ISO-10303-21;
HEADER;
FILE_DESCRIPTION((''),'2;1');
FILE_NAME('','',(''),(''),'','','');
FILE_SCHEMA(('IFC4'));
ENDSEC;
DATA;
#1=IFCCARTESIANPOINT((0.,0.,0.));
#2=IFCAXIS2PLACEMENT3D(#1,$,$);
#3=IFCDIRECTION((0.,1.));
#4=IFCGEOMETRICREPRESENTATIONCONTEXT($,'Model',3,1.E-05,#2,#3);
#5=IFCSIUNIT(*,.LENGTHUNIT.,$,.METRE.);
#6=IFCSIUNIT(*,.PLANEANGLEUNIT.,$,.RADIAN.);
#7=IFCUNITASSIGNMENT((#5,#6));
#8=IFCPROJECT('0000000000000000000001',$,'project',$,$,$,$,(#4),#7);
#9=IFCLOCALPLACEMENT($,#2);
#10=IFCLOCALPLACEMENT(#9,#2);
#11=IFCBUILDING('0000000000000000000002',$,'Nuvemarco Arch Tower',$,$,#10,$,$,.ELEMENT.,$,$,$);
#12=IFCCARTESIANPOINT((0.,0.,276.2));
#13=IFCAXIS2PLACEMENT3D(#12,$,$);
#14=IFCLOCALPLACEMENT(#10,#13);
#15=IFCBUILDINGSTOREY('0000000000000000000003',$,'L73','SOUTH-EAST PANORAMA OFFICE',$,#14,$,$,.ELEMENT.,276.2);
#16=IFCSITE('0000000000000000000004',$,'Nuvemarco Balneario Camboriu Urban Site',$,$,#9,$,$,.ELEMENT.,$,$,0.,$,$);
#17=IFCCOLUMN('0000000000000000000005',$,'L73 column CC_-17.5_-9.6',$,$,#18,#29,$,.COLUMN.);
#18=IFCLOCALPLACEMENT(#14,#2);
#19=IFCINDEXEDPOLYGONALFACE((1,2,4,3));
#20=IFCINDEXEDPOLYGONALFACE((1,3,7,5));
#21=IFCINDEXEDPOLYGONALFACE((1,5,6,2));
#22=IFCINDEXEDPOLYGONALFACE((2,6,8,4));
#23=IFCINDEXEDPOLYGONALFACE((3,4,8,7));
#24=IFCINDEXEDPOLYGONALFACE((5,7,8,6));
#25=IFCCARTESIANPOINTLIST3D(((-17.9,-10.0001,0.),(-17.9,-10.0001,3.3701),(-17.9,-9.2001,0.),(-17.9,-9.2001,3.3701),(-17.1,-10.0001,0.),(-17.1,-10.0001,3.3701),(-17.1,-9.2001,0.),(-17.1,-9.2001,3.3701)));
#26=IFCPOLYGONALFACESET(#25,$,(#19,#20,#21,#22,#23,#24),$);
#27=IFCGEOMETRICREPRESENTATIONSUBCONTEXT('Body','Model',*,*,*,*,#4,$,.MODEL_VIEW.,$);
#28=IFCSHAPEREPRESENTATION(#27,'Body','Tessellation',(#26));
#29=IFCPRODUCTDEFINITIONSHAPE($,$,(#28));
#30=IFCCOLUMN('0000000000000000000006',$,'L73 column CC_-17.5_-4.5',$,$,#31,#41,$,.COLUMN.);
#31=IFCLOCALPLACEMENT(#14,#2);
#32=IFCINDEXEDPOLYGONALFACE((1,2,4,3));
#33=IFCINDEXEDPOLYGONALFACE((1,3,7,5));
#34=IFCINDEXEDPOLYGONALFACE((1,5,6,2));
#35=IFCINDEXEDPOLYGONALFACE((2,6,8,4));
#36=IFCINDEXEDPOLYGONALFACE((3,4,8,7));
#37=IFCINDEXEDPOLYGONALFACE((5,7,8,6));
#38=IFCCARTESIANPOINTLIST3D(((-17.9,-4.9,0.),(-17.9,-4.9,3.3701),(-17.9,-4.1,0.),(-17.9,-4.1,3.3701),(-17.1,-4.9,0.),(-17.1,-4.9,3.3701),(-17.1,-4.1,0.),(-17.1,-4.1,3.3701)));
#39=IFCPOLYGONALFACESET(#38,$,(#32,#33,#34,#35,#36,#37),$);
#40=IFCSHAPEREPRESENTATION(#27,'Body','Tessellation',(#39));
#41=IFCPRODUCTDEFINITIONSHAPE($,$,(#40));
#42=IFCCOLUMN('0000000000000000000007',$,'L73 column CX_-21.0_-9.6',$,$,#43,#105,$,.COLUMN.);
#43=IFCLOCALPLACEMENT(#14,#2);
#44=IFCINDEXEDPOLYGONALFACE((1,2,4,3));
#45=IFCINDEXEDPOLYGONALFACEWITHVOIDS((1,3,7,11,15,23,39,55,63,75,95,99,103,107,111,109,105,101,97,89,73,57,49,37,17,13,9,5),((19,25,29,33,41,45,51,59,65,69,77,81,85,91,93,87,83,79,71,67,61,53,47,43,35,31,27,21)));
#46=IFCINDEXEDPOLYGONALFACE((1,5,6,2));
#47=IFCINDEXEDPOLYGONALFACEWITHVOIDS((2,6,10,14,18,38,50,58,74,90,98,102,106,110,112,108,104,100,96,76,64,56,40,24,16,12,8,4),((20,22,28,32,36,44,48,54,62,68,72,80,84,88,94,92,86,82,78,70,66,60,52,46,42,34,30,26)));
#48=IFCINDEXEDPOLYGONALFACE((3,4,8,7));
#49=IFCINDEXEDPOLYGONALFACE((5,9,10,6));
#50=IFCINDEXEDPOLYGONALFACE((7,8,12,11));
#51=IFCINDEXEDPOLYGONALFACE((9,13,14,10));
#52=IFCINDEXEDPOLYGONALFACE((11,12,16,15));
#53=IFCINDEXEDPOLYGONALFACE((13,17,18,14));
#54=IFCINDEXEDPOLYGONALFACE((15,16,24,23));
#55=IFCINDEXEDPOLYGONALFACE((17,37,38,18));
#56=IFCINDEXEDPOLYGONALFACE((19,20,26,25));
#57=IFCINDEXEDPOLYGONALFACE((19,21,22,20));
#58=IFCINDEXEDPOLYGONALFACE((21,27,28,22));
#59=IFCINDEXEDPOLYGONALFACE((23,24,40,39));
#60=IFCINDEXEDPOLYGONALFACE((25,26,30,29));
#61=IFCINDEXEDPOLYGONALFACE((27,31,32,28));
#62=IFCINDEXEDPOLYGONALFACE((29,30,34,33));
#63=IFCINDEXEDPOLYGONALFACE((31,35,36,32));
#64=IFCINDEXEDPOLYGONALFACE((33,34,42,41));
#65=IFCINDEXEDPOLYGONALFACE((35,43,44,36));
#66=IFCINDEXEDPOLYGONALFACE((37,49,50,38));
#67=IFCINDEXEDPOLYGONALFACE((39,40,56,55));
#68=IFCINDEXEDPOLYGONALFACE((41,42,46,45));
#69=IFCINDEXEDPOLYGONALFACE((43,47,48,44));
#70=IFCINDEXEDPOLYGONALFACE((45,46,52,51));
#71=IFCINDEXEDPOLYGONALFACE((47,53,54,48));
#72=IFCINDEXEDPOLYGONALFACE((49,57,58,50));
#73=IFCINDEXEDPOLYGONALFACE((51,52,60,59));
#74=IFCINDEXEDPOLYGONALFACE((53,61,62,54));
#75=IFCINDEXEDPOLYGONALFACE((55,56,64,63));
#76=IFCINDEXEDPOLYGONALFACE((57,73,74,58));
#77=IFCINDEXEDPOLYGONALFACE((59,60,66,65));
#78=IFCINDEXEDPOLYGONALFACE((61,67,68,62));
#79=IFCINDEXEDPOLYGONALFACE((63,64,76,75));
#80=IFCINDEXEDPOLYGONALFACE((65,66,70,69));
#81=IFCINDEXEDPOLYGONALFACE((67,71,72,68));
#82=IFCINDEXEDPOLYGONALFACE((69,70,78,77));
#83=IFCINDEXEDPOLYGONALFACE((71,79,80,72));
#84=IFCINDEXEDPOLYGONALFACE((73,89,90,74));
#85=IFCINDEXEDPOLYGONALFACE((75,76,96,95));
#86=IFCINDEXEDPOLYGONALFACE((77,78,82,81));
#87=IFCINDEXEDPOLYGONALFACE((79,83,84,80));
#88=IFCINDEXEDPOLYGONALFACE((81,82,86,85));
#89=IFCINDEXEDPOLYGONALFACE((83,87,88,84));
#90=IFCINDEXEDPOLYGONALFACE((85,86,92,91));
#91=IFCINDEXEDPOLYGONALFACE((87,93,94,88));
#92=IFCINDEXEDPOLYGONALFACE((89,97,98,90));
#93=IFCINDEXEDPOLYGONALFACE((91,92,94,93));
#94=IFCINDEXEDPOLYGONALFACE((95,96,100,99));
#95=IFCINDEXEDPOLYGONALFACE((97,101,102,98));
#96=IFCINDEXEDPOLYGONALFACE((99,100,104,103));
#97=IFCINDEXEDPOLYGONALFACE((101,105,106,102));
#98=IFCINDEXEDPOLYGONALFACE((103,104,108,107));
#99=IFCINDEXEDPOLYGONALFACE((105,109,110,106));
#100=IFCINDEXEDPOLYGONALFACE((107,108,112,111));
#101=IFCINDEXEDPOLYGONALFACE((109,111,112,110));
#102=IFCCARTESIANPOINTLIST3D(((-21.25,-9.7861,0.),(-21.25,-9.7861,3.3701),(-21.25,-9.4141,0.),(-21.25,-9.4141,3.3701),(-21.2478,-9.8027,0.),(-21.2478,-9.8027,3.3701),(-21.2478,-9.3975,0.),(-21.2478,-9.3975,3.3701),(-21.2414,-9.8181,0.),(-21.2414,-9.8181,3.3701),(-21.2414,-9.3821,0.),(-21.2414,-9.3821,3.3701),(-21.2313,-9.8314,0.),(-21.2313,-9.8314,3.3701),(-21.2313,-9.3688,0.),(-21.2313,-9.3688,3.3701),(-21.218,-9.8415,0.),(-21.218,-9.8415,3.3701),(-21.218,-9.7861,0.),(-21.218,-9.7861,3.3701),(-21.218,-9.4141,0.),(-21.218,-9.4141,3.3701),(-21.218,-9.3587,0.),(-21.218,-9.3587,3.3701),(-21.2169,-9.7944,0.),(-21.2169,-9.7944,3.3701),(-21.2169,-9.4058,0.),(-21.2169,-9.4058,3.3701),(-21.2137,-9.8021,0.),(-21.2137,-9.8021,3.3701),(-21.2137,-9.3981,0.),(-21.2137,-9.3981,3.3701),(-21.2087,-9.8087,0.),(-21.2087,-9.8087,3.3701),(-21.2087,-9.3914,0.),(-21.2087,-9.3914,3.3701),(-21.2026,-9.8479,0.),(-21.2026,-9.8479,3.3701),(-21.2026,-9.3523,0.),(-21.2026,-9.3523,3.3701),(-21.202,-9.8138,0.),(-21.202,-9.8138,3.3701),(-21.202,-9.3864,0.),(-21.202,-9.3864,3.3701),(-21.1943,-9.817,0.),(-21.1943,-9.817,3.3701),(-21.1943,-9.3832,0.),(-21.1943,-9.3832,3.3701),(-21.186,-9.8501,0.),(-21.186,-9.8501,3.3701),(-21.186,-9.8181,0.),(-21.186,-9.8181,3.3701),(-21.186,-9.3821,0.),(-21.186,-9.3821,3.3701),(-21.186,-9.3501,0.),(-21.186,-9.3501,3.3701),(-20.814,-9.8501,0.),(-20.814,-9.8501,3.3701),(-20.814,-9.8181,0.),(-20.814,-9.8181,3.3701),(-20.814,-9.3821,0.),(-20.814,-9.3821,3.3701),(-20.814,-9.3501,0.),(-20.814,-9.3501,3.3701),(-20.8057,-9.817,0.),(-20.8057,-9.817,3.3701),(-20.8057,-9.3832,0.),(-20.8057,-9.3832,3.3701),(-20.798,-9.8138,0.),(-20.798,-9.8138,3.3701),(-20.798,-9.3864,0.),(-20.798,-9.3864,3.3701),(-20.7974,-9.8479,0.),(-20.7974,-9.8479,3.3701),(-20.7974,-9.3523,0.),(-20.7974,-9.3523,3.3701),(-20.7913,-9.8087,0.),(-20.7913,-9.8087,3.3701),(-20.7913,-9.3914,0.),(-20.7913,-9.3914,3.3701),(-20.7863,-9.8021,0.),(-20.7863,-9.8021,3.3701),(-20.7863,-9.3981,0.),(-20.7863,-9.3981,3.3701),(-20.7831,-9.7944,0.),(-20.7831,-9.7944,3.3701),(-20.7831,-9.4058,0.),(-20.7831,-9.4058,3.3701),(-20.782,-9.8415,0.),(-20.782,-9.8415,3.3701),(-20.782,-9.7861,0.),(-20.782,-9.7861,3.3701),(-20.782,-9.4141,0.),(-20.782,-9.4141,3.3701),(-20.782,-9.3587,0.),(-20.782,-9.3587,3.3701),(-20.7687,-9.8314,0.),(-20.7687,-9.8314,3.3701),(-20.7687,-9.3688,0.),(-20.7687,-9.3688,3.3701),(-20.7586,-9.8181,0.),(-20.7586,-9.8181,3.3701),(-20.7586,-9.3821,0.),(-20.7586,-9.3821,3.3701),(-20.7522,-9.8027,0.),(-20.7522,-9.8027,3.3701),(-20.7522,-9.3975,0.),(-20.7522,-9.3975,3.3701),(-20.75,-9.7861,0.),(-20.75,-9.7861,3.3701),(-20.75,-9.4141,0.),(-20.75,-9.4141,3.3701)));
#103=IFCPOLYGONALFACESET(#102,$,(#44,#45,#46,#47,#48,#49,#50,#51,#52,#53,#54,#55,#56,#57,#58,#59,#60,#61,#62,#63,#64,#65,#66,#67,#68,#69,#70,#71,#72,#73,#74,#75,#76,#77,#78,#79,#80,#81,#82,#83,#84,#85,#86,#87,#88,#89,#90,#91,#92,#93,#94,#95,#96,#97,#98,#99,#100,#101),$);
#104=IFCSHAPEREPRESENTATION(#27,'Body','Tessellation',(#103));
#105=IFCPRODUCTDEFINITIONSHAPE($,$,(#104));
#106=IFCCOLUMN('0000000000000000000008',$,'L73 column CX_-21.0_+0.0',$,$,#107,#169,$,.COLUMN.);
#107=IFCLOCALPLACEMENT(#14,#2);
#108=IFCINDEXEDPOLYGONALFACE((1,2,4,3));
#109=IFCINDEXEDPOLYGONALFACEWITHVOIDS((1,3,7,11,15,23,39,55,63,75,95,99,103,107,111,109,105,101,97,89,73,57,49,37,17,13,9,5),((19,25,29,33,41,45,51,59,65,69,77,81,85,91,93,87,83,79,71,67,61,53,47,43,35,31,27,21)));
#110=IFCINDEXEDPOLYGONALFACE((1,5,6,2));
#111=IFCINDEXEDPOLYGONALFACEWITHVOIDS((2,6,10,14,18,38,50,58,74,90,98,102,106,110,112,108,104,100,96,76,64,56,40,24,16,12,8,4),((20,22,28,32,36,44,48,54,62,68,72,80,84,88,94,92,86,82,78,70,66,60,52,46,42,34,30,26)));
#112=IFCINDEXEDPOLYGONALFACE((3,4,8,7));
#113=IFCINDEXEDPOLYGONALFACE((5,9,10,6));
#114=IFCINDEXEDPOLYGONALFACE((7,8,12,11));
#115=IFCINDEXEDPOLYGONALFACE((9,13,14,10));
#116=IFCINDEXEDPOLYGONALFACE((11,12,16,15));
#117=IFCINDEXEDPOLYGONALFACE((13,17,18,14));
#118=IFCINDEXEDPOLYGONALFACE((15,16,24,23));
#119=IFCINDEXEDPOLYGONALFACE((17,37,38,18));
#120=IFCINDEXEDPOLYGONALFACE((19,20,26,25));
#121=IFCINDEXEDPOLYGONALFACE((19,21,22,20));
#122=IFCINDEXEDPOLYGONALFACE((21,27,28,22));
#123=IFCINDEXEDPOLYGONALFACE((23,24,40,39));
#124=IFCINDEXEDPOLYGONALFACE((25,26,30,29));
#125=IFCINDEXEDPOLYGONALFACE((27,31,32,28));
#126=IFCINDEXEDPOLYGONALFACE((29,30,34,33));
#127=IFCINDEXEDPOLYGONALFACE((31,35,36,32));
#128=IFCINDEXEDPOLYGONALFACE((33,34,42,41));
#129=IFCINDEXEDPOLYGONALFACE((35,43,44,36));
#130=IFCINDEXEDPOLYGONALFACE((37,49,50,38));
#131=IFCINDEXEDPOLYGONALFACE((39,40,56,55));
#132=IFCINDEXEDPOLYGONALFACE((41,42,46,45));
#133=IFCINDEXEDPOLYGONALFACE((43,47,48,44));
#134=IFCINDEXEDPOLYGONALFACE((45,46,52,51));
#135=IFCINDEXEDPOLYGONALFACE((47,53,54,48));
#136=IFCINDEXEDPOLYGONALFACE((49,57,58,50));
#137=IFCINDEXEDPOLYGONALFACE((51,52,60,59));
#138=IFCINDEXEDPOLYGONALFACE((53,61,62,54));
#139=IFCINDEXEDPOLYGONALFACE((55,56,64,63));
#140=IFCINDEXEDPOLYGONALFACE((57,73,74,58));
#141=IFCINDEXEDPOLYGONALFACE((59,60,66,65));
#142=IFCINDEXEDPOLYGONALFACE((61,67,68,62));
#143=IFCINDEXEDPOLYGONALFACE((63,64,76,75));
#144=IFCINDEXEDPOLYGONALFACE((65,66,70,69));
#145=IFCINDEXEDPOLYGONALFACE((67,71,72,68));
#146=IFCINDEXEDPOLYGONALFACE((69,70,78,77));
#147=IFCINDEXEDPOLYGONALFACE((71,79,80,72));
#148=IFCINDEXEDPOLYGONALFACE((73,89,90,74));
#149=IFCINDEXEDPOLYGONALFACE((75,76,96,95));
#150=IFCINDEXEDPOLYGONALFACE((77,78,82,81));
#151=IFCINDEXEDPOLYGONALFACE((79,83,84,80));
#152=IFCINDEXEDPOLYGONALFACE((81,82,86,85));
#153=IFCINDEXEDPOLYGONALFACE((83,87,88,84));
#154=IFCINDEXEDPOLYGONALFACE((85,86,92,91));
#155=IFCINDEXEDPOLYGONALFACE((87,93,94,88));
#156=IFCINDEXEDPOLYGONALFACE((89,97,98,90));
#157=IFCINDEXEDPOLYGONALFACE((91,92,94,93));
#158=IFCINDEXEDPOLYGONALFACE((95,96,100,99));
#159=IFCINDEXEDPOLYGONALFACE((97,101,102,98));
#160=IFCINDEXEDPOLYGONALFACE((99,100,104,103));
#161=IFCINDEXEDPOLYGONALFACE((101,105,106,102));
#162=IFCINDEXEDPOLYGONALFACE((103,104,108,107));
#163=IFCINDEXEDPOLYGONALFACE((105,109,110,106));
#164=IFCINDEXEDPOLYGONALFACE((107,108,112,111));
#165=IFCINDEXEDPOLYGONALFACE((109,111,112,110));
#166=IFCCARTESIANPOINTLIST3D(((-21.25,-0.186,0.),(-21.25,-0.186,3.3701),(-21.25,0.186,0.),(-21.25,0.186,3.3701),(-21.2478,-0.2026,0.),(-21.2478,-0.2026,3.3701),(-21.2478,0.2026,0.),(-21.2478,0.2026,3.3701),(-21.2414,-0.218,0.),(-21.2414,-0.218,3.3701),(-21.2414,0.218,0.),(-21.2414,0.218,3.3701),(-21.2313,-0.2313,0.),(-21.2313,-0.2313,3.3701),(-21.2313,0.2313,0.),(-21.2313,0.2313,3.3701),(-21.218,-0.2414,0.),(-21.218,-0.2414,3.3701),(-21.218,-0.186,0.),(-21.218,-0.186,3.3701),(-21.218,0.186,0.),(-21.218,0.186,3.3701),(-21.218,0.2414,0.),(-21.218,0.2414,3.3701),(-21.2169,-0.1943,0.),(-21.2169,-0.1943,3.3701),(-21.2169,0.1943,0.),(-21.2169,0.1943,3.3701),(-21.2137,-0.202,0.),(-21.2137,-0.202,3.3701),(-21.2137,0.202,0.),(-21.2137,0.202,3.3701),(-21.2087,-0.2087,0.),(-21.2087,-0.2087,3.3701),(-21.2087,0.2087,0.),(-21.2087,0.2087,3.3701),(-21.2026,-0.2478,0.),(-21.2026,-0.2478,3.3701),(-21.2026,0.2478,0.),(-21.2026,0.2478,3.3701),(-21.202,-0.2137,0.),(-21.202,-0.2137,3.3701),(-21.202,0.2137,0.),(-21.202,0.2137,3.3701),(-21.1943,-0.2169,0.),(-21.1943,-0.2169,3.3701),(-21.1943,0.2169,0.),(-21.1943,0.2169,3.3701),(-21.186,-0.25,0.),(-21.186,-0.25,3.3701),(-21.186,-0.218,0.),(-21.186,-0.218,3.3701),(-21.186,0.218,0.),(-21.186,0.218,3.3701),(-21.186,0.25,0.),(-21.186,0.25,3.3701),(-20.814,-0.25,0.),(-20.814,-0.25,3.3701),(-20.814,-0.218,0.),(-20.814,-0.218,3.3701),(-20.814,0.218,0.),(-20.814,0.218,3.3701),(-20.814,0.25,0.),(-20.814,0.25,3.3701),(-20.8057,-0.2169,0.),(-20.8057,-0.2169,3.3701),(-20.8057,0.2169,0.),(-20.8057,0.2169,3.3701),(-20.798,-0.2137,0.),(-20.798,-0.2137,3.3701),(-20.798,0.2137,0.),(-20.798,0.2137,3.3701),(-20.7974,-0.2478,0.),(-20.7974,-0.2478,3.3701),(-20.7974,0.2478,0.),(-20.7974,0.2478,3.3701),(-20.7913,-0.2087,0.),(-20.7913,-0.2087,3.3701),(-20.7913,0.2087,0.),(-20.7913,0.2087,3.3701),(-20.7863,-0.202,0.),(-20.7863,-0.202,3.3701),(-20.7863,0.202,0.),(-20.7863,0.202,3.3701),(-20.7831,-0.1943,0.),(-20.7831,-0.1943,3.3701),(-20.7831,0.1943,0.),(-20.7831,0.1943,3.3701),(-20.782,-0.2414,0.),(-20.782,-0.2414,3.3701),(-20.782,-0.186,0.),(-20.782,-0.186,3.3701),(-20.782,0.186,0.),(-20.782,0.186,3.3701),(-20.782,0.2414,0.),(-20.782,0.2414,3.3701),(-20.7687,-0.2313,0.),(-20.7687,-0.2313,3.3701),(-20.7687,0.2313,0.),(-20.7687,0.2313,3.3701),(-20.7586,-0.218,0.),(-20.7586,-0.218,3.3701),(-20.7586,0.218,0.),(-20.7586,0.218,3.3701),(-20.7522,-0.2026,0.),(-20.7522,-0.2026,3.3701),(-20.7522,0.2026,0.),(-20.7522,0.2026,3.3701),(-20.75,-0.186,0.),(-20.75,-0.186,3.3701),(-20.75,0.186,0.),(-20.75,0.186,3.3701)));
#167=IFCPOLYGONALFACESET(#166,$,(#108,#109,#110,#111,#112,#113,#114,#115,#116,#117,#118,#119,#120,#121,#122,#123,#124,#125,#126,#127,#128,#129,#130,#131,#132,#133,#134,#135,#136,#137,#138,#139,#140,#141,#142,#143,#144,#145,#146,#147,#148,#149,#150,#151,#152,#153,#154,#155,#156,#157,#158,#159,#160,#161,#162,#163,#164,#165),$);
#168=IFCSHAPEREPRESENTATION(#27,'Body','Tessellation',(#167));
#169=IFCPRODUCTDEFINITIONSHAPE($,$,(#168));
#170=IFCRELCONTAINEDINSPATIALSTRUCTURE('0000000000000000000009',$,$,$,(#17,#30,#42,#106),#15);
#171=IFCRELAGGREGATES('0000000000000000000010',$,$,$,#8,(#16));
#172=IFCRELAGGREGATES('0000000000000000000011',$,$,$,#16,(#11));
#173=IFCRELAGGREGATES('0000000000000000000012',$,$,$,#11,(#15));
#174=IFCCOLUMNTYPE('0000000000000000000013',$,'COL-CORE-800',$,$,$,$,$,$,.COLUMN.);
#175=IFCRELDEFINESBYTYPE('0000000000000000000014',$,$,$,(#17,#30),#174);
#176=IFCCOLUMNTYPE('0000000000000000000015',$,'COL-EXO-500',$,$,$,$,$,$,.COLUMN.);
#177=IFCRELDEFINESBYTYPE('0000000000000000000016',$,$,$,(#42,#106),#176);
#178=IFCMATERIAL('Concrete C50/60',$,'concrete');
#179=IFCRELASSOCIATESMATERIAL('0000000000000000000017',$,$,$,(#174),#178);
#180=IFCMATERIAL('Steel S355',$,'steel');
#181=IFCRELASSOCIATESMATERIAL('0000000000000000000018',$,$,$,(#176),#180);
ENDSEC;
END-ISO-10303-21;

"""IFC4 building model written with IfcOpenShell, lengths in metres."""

from ifc_helpers import new_model, si_unit, direction, frame, origin, origin_2d, place, context, subcontext, project, spatial, rectangle, hollow_rectangle, extrude, material, material_profile, profile_set, type_object, element, save


model = new_model("IFC4")

# Units and contexts
model_context = context("Model", 3, precision=1e-05, world=origin(), true_north=direction((0.0, 1.0)))
body_context = subcontext(model_context, "Body", "Model", "MODEL_VIEW")
ifc_project = project(units=[si_unit("LENGTHUNIT", "METRE"), si_unit("PLANEANGLEUNIT", "RADIAN")], contexts=[model_context])

# Site, building, storey
site_placement = place(None, origin())
site = spatial("IfcSite", under=ifc_project, at=site_placement, Name="Nuvemarco Balneario Camboriu Urban Site", CompositionType="ELEMENT", RefElevation=0.0)
building_placement = place(site_placement, origin())
building = spatial("IfcBuilding", under=site, at=building_placement, Name="Nuvemarco Arch Tower", CompositionType="ELEMENT")
storey_placement = place(building_placement, frame((0.0, 0.0, 276.2)))
storey = spatial("IfcBuildingStorey", under=building, at=storey_placement, Name="L73", Description="SOUTH-EAST PANORAMA OFFICE", CompositionType="ELEMENT", Elevation=276.2)

# Columns
ifc_material_1 = material(Name="Concrete C50/60", Category="concrete")
ifc_material_profile_1 = material_profile(ifc_material_1, rectangle(XDim=0.8, YDim=0.8, at=origin_2d()), Name="RC-COL-800x800")
ifc_profile_set_1 = profile_set([ifc_material_profile_1], Name="Concrete C50/60")
column_type_1 = type_object("IfcColumnType", Name="COL-CORE-800", PredefinedType="COLUMN", material=ifc_profile_set_1)
for number, where, z_axis, x_axis, name in (
    (1, (-17.5, -9.6001, 0.0), (0.0, 0.0, 1.0), (1.0, 0.0, 0.0), "L73 column CC_-17.5_-9.6"),
    (2, (-17.5, -4.5, 0.0), (0.0, 0.0, 1.0), (1.0, 0.0, 0.0), "L73 column CC_-17.5_-4.5"),
):
    element("IfcColumn", number, at=place(storey_placement, frame(where, z_axis=z_axis, x_axis=x_axis)), inside=storey, type_object=column_type_1, Name=name, PredefinedType="COLUMN", context=body_context, shape_type="SweptSolid", body=[
        extrude(rectangle(XDim=0.8, YDim=0.8, at=origin_2d()), origin(), (0.0, 0.0, 1.0), 3.3701),
    ])
ifc_material_2 = material(Name="Steel S355", Category="steel")
ifc_material_profile_2 = material_profile(ifc_material_2, hollow_rectangle(XDim=0.5, YDim=0.5, WallThickness=0.032, InnerFilletRadius=0.032, OuterFilletRadius=0.064, at=origin_2d()), Name="SHS500x500x32")
ifc_profile_set_2 = profile_set([ifc_material_profile_2], Name="Steel S355")
column_type_2 = type_object("IfcColumnType", Name="COL-EXO-500", PredefinedType="COLUMN", material=ifc_profile_set_2)
for number, where, z_axis, x_axis, name in (
    (3, (-21.0, -9.6001, 0.0), (0.0, 0.0, 1.0), (1.0, 0.0, 0.0), "L73 column CX_-21.0_-9.6"),
    (4, (-21.0, 0.0, 0.0), (0.0, 0.0, 1.0), (1.0, 0.0, 0.0), "L73 column CX_-21.0_+0.0"),
):
    element("IfcColumn", number, at=place(storey_placement, frame(where, z_axis=z_axis, x_axis=x_axis)), inside=storey, type_object=column_type_2, Name=name, PredefinedType="COLUMN", context=body_context, shape_type="SweptSolid", body=[
        extrude(hollow_rectangle(XDim=0.5, YDim=0.5, WallThickness=0.032, InnerFilletRadius=0.032, OuterFilletRadius=0.064, at=origin_2d()), origin(), (0.0, 0.0, 1.0), 3.3701),
    ])

save(model, "model.ifc")
